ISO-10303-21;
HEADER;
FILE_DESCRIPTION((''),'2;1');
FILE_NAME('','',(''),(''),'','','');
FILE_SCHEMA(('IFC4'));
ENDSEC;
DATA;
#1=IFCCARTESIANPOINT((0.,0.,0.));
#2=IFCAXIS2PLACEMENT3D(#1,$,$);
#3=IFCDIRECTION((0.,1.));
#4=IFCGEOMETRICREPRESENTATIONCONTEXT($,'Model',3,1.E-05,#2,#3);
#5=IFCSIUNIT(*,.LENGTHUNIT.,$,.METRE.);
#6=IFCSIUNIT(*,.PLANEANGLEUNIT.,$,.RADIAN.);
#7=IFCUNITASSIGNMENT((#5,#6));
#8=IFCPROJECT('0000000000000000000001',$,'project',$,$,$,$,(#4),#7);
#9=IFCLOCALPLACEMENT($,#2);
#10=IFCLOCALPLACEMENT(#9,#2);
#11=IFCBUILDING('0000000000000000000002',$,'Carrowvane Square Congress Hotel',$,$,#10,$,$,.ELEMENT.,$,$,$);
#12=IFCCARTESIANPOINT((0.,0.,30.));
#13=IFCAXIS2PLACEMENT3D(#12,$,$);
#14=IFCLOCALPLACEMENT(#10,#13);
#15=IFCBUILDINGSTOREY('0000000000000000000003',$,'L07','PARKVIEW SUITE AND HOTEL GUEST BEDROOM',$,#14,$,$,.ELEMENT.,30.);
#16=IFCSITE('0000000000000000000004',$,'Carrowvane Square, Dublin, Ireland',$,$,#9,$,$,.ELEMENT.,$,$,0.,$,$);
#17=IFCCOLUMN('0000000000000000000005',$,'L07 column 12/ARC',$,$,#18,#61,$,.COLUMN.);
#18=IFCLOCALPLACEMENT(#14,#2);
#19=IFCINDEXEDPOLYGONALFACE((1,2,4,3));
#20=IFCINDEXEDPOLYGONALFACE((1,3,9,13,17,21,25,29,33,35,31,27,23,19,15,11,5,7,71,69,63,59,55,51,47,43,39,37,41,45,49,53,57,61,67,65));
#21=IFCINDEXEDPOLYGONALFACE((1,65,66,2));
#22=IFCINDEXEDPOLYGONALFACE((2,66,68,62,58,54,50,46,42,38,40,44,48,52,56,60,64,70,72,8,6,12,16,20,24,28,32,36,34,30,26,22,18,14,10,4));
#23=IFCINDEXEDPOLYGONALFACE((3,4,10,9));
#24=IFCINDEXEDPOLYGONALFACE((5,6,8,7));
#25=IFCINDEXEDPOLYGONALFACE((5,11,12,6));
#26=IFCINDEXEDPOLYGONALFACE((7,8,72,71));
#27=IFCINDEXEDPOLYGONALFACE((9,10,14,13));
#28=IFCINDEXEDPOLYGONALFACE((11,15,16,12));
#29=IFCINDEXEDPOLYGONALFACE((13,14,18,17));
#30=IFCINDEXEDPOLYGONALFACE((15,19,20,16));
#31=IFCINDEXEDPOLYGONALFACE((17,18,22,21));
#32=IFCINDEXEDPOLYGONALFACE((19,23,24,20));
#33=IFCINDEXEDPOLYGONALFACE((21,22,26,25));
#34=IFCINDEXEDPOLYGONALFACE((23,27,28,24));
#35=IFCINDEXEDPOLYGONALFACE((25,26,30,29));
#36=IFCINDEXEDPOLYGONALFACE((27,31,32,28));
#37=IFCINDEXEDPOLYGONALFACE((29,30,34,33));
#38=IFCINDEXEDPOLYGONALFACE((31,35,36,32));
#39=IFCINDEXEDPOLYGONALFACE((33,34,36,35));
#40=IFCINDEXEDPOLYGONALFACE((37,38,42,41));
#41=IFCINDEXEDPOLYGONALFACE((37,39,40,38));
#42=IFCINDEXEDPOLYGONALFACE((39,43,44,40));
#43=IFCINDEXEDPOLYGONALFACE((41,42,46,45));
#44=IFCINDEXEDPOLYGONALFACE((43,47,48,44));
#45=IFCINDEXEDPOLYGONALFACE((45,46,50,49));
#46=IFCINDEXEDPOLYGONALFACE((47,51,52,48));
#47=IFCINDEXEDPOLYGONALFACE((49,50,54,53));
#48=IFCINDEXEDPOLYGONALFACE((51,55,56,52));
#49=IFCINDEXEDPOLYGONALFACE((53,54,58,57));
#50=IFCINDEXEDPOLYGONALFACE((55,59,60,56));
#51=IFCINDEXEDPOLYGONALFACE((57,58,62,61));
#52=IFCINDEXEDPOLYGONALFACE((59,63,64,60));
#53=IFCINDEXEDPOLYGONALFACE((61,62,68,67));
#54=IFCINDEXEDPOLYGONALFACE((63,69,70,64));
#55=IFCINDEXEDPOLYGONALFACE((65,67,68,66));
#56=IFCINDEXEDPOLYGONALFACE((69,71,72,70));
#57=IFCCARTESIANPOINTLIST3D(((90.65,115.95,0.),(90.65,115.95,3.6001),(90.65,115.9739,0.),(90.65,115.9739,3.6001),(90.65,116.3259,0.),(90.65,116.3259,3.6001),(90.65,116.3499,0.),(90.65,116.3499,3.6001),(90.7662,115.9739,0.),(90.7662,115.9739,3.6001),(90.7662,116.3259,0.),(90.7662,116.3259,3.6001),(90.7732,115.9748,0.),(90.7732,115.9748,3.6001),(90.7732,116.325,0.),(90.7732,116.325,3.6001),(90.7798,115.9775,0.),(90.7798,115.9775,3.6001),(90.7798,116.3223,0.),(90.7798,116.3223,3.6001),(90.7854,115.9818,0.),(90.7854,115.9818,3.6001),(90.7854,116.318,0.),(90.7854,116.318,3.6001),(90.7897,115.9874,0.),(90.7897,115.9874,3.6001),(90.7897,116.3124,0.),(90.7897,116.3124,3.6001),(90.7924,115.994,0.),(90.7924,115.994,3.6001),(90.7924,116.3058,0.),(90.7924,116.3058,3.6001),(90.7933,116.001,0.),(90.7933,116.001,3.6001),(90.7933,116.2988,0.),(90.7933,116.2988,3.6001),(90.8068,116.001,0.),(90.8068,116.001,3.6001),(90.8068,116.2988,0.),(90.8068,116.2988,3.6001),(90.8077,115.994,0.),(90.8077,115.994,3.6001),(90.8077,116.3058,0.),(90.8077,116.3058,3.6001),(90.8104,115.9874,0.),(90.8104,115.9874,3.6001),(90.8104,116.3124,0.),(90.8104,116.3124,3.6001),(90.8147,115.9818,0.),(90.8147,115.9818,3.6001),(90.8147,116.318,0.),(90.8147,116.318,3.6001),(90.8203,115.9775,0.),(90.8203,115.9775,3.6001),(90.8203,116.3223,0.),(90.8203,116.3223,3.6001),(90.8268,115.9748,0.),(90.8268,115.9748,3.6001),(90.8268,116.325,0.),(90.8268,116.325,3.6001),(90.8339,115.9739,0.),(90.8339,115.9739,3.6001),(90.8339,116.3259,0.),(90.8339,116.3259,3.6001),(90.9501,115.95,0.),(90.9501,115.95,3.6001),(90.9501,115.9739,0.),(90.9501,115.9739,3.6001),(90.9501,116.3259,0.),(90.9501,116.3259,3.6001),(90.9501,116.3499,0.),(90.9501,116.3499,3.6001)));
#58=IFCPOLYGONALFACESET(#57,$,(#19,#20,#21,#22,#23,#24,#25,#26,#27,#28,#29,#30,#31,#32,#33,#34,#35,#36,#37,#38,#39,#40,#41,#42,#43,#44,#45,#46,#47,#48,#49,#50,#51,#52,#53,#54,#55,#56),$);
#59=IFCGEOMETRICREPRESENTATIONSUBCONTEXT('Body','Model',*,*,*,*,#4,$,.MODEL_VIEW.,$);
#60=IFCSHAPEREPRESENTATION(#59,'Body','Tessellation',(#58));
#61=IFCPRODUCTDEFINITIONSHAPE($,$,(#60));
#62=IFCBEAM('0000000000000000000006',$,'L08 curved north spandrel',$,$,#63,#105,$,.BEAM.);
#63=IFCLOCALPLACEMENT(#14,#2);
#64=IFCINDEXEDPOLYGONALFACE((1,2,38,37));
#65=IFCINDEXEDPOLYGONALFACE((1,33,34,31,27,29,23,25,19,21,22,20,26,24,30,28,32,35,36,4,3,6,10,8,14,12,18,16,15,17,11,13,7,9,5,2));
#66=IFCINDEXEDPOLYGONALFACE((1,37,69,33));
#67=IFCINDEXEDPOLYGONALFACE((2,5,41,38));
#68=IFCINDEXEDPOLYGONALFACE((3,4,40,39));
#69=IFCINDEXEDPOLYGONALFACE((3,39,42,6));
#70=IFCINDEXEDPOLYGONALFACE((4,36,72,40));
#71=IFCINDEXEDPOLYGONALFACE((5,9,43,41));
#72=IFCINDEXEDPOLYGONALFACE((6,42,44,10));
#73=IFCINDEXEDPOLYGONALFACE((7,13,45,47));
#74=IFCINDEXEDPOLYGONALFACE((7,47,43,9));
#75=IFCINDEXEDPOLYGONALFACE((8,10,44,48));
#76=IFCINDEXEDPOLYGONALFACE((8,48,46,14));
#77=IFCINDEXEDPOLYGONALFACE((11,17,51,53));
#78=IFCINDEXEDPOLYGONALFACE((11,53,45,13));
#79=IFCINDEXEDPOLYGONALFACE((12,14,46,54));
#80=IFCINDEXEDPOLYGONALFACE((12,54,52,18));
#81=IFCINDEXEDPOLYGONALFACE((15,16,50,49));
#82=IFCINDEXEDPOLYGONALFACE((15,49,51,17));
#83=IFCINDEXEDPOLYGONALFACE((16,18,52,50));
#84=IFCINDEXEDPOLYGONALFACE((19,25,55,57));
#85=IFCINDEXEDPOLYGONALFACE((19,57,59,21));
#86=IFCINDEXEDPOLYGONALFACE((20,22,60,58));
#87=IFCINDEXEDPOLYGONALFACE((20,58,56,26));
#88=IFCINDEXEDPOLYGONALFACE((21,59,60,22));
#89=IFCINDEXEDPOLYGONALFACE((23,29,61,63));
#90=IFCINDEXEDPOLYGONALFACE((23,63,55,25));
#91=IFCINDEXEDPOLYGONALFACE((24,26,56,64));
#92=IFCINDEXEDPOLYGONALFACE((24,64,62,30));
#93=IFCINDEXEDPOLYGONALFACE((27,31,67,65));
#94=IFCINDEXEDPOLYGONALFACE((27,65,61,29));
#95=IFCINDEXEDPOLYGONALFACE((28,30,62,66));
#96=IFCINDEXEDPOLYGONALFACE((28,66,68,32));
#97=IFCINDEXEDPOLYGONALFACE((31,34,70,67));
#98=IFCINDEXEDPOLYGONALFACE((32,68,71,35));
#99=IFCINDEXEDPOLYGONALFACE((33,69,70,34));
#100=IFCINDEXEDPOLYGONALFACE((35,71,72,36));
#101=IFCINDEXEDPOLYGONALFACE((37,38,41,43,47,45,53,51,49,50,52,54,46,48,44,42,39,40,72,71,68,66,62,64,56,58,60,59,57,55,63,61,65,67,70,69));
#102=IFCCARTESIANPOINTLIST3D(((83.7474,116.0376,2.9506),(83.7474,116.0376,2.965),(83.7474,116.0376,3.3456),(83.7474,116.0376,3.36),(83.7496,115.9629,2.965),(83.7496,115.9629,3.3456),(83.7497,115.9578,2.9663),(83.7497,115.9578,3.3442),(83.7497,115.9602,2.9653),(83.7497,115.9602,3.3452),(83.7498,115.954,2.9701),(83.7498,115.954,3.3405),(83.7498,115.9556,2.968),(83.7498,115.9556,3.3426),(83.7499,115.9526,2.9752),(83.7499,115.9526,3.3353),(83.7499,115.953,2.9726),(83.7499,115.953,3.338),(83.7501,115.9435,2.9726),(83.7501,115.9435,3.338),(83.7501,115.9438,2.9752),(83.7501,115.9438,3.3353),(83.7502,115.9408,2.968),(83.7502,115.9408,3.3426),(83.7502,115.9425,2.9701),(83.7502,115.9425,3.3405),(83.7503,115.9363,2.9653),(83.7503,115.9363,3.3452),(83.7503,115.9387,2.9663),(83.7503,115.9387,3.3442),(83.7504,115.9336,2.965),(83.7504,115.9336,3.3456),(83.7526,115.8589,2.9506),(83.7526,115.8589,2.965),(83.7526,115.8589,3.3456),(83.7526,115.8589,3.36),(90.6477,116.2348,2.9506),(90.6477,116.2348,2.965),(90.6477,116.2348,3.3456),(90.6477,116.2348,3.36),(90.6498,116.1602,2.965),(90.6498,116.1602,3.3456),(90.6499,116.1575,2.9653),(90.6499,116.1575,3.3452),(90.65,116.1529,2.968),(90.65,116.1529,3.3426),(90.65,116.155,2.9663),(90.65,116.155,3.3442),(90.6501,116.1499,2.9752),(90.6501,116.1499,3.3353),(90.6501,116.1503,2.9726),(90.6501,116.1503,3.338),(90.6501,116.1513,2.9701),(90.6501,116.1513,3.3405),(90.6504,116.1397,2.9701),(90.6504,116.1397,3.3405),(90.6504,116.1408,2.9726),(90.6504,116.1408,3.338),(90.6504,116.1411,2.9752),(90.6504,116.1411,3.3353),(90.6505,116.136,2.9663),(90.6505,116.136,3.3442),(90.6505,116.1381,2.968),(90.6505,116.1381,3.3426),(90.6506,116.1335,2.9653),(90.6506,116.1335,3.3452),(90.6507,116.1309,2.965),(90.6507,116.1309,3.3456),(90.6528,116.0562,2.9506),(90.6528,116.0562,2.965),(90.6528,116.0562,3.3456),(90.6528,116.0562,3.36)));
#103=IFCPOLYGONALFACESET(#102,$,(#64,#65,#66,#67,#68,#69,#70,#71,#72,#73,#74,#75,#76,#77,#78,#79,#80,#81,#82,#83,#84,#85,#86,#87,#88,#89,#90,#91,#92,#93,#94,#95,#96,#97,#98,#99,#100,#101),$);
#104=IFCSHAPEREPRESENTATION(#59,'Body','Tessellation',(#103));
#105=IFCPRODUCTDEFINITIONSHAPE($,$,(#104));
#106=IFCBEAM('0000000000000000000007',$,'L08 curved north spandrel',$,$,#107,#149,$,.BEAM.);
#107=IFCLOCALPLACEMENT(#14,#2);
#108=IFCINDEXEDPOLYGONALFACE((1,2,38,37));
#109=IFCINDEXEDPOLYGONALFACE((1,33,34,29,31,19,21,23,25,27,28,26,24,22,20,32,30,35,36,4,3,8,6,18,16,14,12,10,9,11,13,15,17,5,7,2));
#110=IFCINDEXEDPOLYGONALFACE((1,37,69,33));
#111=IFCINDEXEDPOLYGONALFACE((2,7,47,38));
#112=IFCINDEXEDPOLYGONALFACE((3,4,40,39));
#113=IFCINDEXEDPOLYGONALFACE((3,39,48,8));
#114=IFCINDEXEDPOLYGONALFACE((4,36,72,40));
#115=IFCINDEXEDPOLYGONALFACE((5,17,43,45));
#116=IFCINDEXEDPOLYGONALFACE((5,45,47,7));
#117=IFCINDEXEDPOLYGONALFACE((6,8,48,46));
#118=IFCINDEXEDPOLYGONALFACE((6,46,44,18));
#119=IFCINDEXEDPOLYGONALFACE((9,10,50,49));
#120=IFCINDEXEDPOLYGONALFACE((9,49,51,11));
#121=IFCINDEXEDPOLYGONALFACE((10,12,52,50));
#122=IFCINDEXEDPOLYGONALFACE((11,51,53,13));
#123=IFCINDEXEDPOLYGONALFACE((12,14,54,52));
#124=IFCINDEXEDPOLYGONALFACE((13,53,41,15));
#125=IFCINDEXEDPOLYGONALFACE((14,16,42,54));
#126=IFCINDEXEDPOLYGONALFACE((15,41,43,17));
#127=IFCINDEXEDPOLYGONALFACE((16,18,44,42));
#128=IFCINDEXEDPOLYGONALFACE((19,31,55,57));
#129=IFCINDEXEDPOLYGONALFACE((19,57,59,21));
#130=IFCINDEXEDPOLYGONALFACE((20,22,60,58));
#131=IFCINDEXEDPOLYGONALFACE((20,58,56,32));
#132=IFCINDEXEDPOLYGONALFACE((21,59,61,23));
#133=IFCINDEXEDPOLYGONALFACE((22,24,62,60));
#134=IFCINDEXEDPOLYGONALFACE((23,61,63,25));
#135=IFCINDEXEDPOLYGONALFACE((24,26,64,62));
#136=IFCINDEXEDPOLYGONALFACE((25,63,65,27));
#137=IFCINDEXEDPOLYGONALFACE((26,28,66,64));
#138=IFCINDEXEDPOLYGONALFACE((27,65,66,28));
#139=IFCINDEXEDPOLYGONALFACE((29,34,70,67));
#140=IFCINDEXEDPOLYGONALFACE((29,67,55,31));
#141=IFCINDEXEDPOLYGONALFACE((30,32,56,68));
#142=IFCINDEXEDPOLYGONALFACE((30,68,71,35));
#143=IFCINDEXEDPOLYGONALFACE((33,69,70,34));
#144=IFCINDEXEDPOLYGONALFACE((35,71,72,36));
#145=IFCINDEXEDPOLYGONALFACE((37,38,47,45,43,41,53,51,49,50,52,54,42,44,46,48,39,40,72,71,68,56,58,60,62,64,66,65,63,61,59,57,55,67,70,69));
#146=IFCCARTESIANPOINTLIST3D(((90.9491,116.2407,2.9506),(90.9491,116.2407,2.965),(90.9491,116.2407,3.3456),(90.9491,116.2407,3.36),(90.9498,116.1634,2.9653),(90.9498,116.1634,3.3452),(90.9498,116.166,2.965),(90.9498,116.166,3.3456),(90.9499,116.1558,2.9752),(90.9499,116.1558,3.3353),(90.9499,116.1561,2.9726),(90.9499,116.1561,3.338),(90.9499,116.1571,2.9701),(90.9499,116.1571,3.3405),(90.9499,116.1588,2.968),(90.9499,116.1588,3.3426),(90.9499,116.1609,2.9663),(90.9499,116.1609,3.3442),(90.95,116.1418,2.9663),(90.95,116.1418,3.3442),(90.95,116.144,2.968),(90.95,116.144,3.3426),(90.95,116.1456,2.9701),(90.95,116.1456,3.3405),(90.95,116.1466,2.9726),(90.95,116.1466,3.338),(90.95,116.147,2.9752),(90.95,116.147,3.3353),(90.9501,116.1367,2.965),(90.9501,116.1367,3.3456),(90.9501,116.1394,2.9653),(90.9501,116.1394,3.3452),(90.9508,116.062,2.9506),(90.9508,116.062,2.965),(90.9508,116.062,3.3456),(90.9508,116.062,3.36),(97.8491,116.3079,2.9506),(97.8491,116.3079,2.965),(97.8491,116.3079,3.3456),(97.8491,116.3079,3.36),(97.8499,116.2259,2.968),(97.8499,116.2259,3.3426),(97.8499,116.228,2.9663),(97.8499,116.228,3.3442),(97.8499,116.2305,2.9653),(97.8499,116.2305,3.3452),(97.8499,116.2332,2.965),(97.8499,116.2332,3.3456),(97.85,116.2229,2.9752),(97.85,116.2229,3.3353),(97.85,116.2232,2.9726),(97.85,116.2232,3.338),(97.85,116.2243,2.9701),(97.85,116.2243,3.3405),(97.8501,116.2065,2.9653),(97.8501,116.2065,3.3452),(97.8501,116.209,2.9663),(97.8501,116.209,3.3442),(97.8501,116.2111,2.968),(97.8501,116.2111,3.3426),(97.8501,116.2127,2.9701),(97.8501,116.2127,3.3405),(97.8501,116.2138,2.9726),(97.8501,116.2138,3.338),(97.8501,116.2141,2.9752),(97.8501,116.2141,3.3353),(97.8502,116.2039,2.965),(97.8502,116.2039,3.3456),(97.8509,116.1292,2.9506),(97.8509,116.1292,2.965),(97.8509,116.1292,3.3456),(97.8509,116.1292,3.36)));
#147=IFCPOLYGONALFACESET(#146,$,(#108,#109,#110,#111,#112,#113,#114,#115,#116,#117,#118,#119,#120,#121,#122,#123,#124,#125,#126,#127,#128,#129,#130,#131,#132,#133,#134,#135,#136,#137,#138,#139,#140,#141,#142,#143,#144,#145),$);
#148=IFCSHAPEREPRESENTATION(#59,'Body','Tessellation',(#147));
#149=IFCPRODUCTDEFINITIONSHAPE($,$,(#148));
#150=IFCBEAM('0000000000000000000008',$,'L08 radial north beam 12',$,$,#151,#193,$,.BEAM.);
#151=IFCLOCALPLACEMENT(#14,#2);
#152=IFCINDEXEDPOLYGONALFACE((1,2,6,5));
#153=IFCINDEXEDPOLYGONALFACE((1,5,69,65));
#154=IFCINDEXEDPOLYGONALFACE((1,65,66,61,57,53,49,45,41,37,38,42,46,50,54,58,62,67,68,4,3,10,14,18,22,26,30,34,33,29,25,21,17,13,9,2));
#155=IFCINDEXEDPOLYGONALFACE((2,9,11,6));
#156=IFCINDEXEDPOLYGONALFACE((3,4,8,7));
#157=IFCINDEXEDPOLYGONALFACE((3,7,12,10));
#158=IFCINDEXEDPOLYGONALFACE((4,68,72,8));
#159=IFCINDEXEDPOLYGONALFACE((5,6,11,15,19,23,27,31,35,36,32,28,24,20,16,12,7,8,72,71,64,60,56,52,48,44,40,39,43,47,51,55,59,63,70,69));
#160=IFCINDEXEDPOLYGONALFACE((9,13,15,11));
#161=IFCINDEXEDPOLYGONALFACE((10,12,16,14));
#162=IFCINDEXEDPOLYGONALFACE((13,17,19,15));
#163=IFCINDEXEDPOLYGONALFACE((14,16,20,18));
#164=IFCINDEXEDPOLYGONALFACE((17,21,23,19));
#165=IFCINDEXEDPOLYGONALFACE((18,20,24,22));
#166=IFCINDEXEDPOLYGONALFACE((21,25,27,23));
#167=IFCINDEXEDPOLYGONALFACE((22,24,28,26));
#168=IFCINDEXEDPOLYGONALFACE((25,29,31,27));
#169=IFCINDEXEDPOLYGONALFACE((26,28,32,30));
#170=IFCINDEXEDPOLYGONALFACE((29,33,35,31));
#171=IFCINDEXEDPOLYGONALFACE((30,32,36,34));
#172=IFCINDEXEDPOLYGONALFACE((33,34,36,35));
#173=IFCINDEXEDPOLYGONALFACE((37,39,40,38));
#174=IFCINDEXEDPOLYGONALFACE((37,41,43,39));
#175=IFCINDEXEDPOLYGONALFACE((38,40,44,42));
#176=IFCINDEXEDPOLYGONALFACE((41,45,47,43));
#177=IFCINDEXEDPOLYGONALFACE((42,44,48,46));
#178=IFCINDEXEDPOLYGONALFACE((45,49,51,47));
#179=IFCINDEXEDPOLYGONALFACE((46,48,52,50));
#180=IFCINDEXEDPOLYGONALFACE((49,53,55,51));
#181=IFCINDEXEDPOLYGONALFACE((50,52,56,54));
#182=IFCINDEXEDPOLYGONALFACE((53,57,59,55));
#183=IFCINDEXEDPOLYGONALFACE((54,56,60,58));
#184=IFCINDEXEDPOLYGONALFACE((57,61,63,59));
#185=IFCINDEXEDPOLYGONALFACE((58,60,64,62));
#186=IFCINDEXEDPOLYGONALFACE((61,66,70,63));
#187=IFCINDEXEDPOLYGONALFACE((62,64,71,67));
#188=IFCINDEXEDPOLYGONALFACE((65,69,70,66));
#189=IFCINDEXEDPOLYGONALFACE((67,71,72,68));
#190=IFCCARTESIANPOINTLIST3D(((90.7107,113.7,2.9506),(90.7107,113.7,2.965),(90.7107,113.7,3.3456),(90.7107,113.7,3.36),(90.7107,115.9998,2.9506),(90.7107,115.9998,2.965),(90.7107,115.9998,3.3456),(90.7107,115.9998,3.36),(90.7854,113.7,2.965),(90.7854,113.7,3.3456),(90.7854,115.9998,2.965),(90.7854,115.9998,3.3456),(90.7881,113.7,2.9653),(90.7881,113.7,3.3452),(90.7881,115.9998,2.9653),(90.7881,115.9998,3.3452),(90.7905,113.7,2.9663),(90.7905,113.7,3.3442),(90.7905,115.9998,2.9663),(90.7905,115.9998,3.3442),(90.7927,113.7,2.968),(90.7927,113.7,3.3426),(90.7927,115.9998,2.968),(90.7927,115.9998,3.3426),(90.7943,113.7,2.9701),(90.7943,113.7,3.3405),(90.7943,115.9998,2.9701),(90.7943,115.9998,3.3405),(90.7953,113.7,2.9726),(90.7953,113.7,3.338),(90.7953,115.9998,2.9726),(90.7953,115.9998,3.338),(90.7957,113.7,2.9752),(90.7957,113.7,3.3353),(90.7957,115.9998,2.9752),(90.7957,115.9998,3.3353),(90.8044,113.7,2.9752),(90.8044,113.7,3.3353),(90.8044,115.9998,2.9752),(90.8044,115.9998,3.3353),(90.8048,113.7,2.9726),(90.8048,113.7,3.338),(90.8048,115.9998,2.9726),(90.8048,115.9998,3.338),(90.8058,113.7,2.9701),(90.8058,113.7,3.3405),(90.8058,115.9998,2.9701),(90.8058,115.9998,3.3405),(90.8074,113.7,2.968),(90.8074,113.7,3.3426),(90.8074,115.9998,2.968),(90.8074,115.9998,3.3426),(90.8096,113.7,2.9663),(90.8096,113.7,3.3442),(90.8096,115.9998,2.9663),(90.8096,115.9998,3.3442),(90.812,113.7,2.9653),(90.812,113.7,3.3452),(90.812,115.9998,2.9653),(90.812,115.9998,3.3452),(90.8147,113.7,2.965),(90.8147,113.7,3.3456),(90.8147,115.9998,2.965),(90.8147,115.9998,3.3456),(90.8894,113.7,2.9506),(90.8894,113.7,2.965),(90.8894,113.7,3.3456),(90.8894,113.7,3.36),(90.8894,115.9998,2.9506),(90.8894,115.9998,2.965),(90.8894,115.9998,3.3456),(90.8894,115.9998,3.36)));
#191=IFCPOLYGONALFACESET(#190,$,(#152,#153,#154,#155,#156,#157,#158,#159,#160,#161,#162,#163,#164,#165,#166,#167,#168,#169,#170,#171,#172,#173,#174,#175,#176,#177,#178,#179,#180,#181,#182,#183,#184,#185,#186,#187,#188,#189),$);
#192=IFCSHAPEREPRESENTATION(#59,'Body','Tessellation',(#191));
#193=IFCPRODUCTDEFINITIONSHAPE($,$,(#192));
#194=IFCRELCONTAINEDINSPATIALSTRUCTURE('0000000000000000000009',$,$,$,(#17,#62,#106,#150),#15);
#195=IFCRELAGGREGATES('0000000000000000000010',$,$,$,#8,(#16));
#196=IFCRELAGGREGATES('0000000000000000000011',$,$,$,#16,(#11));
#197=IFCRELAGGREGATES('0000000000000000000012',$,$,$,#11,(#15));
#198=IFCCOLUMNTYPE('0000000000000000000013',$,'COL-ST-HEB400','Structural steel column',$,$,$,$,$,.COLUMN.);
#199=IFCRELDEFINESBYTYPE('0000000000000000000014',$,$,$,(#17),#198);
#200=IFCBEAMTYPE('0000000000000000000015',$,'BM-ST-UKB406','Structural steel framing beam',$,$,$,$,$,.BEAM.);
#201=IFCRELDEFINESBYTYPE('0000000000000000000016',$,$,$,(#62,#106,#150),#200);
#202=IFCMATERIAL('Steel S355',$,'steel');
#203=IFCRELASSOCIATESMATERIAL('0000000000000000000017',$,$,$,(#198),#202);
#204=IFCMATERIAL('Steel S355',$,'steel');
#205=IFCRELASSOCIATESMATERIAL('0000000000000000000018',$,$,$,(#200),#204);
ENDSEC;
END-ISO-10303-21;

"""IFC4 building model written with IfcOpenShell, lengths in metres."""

from ifc_helpers import new_model, si_unit, direction, frame, origin, origin_2d, place, context, subcontext, project, spatial, i_section, extrude, material, material_profile, profile_set, type_object, element, save


model = new_model("IFC4")

# Units and contexts
model_context = context("Model", 3, precision=1e-05, world=origin(), true_north=direction((0.0, 1.0)))
body_context = subcontext(model_context, "Body", "Model", "MODEL_VIEW")
ifc_project = project(units=[si_unit("LENGTHUNIT", "METRE"), si_unit("PLANEANGLEUNIT", "RADIAN")], contexts=[model_context])

# Site, building, storey
site_placement = place(None, origin())
site = spatial("IfcSite", under=ifc_project, at=site_placement, Name="Carrowvane Square, Dublin, Ireland", CompositionType="ELEMENT", RefElevation=0.0)
building_placement = place(site_placement, origin())
building = spatial("IfcBuilding", under=site, at=building_placement, Name="Carrowvane Square Congress Hotel", CompositionType="ELEMENT")
storey_placement = place(building_placement, frame((0.0, 0.0, 30.0)))
storey = spatial("IfcBuildingStorey", under=building, at=storey_placement, Name="L07", Description="PARKVIEW SUITE AND HOTEL GUEST BEDROOM", CompositionType="ELEMENT", Elevation=30.0)

# Column
ifc_material_1 = material(Name="Steel S355", Category="steel")
ifc_material_profile_1 = material_profile(ifc_material_1, i_section(OverallWidth=0.3, OverallDepth=0.3999, WebThickness=0.0134, FlangeThickness=0.0239, FilletRadius=0.0271, at=origin_2d()), Name="HEB 400")
ifc_profile_set_1 = profile_set([ifc_material_profile_1], Name="Steel S355")
column_type = type_object("IfcColumnType", Name="COL-ST-HEB400", Description="Structural steel column", PredefinedType="COLUMN", material=ifc_profile_set_1)
column_placement = place(storey_placement, frame((90.8, 116.1499, 0.0), z_axis=(0.0, 0.0, 1.0), x_axis=(1.0, 0.0, 0.0)))
element("IfcColumn", 1, at=column_placement, inside=storey, type_object=column_type, Name="L07 column 12/ARC", PredefinedType="COLUMN", context=body_context, shape_type="SweptSolid", body=[
    extrude(i_section(OverallWidth=0.3, OverallDepth=0.3999, WebThickness=0.0134, FlangeThickness=0.0239, FilletRadius=0.0271, at=origin_2d()), origin(), (0.0, 0.0, 1.0), 3.6001),
])

# Beams
ifc_material_2 = material(Name="Steel S355", Category="steel")
ifc_material_profile_2 = material_profile(ifc_material_2, i_section(OverallWidth=0.1787, OverallDepth=0.4094, WebThickness=0.0088, FlangeThickness=0.0144, FilletRadius=0.0103, at=origin_2d()), Name="UKB 406x178x67")
ifc_profile_set_2 = profile_set([ifc_material_profile_2], Name="Steel S355")
beam_type = type_object("IfcBeamType", Name="BM-ST-UKB406", Description="Structural steel framing beam", PredefinedType="BEAM", material=ifc_profile_set_2)
beam_1_placement = place(storey_placement, frame((83.75, 115.9482, 3.1553), z_axis=(0.999592, 0.028577, 0.0), x_axis=(-0.028577, 0.999592, 0.0)))
element("IfcBeam", 2, at=beam_1_placement, inside=storey, type_object=beam_type, Name="L08 curved north spandrel", PredefinedType="BEAM", context=body_context, shape_type="SweptSolid", body=[
    extrude(i_section(OverallWidth=0.1787, OverallDepth=0.4094, WebThickness=0.0088, FlangeThickness=0.0144, FilletRadius=0.0103, at=origin_2d()), origin(), (0.0, 0.0, 1.0), 6.9031),
])
beam_2_placement = place(storey_placement, frame((90.95, 116.1514, 3.1553), z_axis=(0.999953, 0.00973, 0.0), x_axis=(-0.00973, 0.999953, 0.0)))
element("IfcBeam", 3, at=beam_2_placement, inside=storey, type_object=beam_type, Name="L08 curved north spandrel", PredefinedType="BEAM", context=body_context, shape_type="SweptSolid", body=[
    extrude(i_section(OverallWidth=0.1787, OverallDepth=0.4094, WebThickness=0.0088, FlangeThickness=0.0144, FilletRadius=0.0103, at=origin_2d()), origin(), (0.0, 0.0, 1.0), 6.9004),
])
beam_3_placement = place(storey_placement, frame((90.8, 113.7, 3.1553), z_axis=(0.0, 1.0, 0.0), x_axis=(-1.0, 0.0, 0.0)))
element("IfcBeam", 4, at=beam_3_placement, inside=storey, type_object=beam_type, Name="L08 radial north beam 12", PredefinedType="BEAM", context=body_context, shape_type="SweptSolid", body=[
    extrude(i_section(OverallWidth=0.1787, OverallDepth=0.4094, WebThickness=0.0088, FlangeThickness=0.0144, FilletRadius=0.0103, at=origin_2d()), origin(), (0.0, 0.0, 1.0), 2.2998),
])

save(model, "model.ifc")
